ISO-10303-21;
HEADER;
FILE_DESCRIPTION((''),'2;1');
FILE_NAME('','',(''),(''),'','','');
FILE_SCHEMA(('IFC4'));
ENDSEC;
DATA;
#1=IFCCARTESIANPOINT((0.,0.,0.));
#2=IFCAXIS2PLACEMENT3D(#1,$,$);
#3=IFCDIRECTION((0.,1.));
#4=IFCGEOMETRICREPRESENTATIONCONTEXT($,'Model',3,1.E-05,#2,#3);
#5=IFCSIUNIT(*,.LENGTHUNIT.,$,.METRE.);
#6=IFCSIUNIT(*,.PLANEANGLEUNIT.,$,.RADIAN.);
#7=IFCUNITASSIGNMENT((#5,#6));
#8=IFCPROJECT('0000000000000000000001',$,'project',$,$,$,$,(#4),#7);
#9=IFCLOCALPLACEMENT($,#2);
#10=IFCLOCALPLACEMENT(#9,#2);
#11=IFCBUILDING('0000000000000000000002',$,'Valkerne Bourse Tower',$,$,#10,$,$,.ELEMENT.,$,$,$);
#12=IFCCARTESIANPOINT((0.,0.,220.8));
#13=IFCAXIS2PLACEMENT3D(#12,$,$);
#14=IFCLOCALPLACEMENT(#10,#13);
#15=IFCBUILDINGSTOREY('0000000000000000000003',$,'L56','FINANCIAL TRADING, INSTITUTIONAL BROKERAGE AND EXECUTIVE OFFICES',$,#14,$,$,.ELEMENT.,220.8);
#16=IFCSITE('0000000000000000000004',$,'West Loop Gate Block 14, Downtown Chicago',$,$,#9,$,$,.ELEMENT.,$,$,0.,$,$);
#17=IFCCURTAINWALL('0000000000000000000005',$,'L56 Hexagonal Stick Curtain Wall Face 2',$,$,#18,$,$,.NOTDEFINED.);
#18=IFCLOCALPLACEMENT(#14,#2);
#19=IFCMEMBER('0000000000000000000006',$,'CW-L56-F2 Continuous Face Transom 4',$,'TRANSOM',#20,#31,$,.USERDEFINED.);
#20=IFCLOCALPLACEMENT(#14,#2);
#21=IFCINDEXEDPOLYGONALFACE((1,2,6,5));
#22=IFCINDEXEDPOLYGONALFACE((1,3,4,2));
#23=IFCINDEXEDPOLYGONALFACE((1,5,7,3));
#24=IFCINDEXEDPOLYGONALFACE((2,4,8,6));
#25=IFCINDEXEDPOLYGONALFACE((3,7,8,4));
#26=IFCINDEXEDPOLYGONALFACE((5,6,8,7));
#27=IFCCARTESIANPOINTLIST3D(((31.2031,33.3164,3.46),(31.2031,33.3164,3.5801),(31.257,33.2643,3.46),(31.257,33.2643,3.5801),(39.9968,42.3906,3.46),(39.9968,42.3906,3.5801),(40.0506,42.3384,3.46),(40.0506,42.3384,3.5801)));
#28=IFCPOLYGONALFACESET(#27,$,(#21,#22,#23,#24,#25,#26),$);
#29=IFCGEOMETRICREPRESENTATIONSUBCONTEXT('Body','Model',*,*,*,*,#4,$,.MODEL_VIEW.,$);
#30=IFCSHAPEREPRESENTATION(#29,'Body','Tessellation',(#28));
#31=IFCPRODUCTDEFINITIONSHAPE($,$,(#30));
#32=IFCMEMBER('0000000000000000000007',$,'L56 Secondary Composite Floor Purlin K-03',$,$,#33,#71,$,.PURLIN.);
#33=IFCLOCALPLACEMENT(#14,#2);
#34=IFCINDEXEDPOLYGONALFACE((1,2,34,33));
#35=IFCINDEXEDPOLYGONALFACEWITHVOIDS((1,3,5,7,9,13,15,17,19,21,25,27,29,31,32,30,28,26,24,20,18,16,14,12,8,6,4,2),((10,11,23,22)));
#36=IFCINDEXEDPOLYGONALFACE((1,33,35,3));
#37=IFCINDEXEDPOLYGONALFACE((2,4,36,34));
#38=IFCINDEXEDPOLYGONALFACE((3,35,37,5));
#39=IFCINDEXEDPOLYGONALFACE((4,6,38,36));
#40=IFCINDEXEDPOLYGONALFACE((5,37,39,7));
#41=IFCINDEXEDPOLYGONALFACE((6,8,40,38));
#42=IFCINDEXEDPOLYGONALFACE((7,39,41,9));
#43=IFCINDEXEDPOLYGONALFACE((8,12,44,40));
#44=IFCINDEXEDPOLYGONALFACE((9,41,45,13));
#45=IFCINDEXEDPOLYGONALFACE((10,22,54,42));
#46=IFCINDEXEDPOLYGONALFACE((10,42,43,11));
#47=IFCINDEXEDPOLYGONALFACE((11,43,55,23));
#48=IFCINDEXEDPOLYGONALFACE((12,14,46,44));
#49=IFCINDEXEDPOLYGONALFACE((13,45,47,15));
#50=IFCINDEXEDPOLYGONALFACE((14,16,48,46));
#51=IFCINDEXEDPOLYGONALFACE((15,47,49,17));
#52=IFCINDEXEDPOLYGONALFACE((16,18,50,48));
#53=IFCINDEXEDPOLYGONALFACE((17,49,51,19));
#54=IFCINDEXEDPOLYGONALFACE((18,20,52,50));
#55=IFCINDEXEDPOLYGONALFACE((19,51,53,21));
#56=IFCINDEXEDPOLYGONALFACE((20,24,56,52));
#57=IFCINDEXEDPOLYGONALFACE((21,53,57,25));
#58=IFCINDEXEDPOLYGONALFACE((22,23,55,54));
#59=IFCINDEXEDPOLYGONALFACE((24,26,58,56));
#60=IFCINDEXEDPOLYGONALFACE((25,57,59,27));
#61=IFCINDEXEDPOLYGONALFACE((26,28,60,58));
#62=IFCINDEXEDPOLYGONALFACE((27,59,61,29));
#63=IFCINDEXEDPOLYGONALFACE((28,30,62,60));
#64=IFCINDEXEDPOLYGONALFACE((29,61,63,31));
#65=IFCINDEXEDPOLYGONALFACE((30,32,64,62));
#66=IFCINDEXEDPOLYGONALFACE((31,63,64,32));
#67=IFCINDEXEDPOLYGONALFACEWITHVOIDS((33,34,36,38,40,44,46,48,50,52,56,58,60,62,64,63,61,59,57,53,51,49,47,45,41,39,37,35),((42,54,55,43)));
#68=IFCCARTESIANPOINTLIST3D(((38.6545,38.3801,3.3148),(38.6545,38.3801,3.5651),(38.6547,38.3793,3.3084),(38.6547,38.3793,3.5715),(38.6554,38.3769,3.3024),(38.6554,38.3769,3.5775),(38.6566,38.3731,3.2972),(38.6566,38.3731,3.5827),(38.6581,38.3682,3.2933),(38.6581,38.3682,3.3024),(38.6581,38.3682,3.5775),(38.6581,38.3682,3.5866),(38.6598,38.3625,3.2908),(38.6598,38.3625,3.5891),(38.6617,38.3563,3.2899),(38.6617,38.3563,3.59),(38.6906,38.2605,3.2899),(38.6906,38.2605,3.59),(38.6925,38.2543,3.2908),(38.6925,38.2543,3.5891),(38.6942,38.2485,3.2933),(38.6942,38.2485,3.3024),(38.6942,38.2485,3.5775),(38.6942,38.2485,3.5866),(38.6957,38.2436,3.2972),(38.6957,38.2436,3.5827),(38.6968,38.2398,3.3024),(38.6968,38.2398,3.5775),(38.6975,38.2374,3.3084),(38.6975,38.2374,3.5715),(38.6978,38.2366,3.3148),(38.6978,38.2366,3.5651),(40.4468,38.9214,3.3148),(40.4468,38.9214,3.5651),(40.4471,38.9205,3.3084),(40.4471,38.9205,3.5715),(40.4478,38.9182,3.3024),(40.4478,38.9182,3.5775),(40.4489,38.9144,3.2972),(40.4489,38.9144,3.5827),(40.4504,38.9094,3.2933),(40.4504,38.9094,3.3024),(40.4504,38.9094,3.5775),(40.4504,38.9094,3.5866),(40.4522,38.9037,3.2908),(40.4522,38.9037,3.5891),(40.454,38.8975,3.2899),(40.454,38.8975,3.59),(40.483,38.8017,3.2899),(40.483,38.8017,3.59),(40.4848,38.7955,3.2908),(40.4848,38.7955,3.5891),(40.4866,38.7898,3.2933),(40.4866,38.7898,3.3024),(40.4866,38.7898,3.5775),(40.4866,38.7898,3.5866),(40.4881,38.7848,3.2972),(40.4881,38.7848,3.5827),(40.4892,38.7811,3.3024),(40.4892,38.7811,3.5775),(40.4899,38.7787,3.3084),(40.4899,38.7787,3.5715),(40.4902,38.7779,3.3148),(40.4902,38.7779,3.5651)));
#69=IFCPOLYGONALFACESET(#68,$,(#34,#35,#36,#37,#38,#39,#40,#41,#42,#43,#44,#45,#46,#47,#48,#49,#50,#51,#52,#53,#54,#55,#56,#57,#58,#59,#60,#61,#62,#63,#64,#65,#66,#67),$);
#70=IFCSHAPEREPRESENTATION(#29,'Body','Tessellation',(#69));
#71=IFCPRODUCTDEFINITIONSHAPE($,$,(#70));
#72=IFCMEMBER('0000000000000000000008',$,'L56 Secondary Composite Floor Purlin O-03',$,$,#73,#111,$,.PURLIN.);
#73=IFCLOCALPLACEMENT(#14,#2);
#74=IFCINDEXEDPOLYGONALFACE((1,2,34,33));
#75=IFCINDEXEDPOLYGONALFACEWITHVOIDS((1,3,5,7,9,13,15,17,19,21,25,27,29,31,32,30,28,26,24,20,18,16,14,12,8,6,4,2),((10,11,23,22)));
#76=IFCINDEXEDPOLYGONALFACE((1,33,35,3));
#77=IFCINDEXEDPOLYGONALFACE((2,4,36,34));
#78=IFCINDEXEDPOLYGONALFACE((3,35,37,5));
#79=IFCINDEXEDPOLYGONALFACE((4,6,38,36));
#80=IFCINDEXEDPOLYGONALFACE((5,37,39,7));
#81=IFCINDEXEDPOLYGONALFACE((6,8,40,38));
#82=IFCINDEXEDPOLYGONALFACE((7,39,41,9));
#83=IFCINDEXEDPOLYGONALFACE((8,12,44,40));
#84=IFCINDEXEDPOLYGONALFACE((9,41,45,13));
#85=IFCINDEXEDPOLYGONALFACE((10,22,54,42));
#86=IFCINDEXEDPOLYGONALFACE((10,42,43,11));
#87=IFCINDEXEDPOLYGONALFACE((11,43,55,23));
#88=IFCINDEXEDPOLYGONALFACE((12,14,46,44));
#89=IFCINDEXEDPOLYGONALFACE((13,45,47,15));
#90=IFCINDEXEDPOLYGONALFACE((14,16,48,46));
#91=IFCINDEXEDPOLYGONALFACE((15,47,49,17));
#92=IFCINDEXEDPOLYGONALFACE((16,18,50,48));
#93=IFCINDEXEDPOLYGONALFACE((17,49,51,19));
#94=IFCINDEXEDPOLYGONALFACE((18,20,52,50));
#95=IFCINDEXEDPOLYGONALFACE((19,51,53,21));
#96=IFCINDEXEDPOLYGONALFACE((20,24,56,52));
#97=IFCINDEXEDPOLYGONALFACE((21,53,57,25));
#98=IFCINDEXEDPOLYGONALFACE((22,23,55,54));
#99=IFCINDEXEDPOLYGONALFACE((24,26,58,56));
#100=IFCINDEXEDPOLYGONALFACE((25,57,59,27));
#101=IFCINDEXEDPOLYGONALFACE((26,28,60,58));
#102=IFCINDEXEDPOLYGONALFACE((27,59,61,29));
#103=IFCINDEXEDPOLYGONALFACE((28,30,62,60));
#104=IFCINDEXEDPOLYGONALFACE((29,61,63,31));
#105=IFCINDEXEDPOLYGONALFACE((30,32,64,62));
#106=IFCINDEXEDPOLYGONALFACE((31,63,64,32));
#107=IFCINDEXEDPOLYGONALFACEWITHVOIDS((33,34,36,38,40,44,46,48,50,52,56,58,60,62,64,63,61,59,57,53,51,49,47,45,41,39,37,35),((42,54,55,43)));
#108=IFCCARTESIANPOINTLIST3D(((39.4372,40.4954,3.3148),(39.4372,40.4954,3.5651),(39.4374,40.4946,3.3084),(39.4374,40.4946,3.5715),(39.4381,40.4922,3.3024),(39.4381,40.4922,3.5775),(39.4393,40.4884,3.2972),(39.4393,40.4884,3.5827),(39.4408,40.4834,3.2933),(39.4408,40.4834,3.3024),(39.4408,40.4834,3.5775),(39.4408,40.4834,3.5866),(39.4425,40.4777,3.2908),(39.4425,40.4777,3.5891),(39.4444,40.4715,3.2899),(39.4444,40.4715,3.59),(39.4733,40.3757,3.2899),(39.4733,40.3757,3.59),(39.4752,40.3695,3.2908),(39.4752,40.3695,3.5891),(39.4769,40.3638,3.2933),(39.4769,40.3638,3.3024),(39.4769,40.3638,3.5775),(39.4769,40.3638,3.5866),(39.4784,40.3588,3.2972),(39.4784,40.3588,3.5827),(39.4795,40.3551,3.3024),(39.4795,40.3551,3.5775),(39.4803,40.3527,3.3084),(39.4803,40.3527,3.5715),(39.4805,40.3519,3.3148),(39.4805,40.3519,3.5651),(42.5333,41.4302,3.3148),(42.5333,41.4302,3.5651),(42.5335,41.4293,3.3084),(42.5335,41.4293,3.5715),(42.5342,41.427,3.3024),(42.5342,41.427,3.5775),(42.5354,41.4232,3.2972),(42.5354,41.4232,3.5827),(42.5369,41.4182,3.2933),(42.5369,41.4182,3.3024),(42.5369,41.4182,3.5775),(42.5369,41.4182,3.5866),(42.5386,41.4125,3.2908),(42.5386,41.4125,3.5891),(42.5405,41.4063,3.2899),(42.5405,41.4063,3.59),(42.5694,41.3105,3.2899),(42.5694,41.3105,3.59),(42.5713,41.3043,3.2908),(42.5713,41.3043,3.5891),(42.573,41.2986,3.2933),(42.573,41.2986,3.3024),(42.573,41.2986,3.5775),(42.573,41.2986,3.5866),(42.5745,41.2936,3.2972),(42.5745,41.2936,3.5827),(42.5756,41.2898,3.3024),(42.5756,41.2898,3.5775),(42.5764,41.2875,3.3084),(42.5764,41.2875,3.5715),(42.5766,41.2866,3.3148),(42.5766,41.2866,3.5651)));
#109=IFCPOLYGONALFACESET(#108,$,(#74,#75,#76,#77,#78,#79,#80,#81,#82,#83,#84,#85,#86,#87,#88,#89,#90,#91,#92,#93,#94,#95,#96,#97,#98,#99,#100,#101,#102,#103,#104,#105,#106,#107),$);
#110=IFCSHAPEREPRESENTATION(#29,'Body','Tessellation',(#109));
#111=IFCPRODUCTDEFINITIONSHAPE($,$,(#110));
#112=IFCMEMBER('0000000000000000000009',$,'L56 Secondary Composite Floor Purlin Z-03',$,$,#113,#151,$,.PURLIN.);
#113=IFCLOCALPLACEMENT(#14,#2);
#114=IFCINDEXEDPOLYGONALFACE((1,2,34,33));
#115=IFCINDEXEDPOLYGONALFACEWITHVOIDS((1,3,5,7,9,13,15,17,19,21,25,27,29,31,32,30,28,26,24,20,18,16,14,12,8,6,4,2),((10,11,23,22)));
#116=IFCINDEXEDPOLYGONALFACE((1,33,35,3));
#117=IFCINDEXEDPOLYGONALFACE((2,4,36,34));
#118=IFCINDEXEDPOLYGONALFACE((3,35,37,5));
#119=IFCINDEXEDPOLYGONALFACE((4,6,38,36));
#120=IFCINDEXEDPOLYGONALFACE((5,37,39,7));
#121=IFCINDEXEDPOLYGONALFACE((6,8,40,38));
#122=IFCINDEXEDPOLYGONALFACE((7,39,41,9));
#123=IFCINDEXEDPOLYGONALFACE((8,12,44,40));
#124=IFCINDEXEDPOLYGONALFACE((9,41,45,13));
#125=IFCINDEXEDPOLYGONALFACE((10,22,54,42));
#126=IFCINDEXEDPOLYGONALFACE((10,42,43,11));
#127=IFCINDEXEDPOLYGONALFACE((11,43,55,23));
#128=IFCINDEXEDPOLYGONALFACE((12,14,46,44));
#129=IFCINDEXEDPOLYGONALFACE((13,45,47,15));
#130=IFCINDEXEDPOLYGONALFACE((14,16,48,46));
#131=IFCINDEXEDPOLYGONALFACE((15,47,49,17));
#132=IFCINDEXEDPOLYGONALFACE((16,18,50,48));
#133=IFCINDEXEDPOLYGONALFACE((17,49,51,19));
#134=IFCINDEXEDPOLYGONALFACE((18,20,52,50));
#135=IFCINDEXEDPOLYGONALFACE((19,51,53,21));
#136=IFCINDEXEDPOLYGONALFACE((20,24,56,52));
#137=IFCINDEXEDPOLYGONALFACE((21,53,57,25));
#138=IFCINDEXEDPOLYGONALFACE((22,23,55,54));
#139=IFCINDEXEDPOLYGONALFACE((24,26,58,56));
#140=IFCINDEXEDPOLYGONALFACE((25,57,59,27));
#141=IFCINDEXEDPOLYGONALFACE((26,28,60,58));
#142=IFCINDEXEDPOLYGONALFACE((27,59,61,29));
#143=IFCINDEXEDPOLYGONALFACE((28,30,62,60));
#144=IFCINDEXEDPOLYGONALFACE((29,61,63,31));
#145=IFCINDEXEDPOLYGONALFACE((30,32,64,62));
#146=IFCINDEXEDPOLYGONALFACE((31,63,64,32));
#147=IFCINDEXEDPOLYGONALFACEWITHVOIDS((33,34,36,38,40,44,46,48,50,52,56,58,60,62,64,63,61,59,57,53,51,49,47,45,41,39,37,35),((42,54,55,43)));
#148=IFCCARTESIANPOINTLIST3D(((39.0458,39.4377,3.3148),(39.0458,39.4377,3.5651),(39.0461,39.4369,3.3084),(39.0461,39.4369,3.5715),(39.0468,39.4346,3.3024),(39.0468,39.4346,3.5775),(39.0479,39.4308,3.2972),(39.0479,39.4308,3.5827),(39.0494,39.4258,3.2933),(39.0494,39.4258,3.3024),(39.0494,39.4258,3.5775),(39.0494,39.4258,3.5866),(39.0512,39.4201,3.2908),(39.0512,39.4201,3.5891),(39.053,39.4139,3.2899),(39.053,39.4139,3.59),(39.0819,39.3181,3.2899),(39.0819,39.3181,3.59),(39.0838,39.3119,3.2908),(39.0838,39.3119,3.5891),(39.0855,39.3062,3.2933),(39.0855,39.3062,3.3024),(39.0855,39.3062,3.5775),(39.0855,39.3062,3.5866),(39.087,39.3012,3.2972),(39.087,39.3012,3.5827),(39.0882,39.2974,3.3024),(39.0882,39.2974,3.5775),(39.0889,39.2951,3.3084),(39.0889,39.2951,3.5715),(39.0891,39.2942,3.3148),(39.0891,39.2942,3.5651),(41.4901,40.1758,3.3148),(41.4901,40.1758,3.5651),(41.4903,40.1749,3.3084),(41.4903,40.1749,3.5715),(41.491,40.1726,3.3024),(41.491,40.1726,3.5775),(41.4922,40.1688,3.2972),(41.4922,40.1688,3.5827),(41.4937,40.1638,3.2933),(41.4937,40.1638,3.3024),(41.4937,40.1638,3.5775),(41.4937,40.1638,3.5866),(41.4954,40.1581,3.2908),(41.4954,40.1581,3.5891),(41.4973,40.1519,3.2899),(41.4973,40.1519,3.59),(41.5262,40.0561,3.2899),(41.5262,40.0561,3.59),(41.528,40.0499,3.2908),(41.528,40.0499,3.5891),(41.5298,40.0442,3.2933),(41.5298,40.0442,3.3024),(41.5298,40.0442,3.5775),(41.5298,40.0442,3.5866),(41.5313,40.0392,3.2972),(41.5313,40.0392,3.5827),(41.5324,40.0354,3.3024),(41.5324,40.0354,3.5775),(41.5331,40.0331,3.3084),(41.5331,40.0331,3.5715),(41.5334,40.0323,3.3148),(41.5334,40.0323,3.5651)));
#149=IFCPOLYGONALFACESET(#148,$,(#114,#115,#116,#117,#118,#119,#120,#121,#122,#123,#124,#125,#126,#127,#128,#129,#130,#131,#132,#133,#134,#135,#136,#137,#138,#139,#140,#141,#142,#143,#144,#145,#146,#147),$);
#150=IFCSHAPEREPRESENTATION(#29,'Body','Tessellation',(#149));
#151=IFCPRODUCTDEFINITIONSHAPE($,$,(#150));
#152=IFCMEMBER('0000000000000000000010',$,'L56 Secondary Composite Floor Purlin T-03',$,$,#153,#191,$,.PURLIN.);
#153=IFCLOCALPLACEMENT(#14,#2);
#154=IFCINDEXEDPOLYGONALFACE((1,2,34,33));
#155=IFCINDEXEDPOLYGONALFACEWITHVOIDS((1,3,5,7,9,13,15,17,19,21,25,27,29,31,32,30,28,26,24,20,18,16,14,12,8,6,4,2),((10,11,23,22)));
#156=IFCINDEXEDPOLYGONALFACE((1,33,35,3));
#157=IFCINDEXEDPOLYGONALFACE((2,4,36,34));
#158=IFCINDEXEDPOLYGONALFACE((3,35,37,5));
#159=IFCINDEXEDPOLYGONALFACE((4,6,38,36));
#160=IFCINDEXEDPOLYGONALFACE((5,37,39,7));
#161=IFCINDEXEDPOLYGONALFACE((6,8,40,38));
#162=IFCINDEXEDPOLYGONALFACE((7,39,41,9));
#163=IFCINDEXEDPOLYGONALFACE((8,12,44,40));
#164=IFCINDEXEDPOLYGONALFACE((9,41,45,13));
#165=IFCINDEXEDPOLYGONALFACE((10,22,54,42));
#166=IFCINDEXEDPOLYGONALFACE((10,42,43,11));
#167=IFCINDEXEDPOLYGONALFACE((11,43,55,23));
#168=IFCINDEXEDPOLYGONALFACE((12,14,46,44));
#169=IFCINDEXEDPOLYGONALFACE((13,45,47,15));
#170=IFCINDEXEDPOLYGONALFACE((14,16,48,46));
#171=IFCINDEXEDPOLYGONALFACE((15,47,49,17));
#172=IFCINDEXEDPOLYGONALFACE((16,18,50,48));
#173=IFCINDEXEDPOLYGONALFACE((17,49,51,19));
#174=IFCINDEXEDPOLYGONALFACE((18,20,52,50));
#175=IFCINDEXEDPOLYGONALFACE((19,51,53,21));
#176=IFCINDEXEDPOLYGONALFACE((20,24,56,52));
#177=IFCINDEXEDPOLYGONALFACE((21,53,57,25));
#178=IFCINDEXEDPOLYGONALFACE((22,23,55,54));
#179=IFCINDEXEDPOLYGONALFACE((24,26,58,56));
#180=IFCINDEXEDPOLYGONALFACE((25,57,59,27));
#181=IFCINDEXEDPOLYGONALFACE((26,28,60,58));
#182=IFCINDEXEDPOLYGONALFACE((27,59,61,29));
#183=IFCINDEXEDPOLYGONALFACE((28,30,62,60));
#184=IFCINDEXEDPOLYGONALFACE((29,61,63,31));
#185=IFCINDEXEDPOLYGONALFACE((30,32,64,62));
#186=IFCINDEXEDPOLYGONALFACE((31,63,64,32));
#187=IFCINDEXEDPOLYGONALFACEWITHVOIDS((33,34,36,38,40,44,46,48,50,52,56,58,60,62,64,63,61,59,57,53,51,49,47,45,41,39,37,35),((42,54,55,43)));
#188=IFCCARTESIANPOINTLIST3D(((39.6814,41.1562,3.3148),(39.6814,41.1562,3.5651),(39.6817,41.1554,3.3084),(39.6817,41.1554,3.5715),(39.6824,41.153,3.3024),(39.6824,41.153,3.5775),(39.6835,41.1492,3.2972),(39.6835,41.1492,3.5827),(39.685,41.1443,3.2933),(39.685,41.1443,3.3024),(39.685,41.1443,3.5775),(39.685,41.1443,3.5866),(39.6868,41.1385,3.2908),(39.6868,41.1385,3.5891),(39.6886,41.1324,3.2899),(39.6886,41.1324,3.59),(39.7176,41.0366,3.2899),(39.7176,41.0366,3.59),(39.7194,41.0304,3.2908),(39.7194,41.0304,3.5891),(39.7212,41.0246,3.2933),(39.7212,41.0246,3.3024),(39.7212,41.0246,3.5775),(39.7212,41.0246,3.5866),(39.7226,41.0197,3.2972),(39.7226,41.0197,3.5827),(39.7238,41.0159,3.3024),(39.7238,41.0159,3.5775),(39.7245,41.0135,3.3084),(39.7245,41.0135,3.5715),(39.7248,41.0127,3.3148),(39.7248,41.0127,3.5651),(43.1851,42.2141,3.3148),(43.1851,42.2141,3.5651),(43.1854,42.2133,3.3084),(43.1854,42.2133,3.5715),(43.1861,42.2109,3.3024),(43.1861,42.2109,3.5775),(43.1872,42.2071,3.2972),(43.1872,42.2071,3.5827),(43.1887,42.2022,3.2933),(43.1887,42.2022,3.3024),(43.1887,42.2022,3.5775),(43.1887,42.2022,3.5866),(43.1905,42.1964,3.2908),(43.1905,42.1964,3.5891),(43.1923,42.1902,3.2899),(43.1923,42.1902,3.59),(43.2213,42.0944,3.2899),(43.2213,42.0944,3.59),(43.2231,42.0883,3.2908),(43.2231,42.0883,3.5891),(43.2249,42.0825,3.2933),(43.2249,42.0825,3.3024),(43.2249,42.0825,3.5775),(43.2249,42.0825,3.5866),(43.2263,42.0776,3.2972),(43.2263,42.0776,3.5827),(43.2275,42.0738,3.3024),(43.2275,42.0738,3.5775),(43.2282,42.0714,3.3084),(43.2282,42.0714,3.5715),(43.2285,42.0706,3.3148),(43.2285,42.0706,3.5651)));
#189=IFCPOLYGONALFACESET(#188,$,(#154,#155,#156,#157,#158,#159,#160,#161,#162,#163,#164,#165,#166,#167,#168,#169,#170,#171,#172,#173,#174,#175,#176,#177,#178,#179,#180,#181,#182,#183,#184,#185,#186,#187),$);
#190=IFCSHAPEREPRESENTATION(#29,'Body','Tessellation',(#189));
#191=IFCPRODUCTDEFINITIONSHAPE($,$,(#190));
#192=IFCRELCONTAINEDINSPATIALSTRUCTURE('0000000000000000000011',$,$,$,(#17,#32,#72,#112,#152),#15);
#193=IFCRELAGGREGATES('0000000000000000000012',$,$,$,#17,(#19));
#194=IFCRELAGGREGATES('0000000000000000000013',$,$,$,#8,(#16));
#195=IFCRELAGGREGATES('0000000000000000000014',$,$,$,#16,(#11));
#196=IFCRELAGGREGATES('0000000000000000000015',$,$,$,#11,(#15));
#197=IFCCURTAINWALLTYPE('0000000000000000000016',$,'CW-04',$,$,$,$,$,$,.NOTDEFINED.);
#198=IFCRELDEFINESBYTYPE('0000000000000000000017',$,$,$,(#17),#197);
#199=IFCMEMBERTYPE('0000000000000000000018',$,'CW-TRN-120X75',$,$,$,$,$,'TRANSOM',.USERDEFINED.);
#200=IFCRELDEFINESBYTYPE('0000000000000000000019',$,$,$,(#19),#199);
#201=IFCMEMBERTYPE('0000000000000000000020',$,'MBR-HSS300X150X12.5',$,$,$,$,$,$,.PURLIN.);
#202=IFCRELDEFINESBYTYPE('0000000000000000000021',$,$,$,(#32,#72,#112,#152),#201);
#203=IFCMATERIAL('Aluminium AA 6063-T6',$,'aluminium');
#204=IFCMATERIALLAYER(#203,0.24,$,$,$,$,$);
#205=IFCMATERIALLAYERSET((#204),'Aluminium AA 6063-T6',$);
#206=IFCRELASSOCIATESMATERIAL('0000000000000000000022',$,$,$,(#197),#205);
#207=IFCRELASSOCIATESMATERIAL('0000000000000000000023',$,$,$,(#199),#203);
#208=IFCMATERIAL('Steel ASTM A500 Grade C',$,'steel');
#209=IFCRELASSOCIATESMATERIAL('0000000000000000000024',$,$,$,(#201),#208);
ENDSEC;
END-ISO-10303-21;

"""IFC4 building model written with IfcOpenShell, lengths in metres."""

from ifc_helpers import new_model, si_unit, direction, frame, origin, origin_2d, place, context, subcontext, project, spatial, rectangle, hollow_rectangle, extrude, material, layer, layer_set, material_profile, profile_set, type_object, element, aggregate, save


model = new_model("IFC4")

# Units and contexts
model_context = context("Model", 3, precision=1e-05, world=origin(), true_north=direction((0.0, 1.0)))
body_context = subcontext(model_context, "Body", "Model", "MODEL_VIEW")
ifc_project = project(units=[si_unit("LENGTHUNIT", "METRE"), si_unit("PLANEANGLEUNIT", "RADIAN")], contexts=[model_context])

# Site, building, storey
site_placement = place(None, origin())
site = spatial("IfcSite", under=ifc_project, at=site_placement, Name="West Loop Gate Block 14, Downtown Chicago", CompositionType="ELEMENT", RefElevation=0.0)
building_placement = place(site_placement, origin())
building = spatial("IfcBuilding", under=site, at=building_placement, Name="Valkerne Bourse Tower", CompositionType="ELEMENT")
storey_placement = place(building_placement, frame((0.0, 0.0, 220.8)))
storey = spatial("IfcBuildingStorey", under=building, at=storey_placement, Name="L56", Description="FINANCIAL TRADING, INSTITUTIONAL BROKERAGE AND EXECUTIVE OFFICES", CompositionType="ELEMENT", Elevation=220.8)

# Curtain wall, member
ifc_material_1 = material(Name="Aluminium AA 6063-T6", Category="aluminium")
ifc_layer_1 = layer(ifc_material_1, 0.24)
ifc_layer_set_1 = layer_set([ifc_layer_1], Name="Aluminium AA 6063-T6")
curtain_wall_type = type_object("IfcCurtainWallType", Name="CW-04", PredefinedType="NOTDEFINED", material=ifc_layer_set_1)
curtain_wall_1_placement = place(storey_placement, origin())
curtain_wall_1 = element("IfcCurtainWall", 1, at=curtain_wall_1_placement, inside=storey, type_object=curtain_wall_type, Name="L56 Hexagonal Stick Curtain Wall Face 2", PredefinedType="NOTDEFINED")
ifc_material_profile_1 = material_profile(ifc_material_1, rectangle(XDim=0.075, YDim=0.1201, at=origin_2d()), Name="CWT-75X120")
ifc_profile_set_1 = profile_set([ifc_material_profile_1], Name="Aluminium AA 6063-T6")
member_type_1 = type_object("IfcMemberType", Name="CW-TRN-120X75", ElementType="TRANSOM", PredefinedType="USERDEFINED", material=ifc_profile_set_1)
member_1_placement = place(storey_placement, frame((40.0237, 42.3645, 3.52), z_axis=(-0.69592, -0.71812, 0.0), x_axis=(0.71812, -0.69592, 0.0)))
member_1 = element("IfcMember", 2, at=member_1_placement, type_object=member_type_1, Name="CW-L56-F2 Continuous Face Transom 4", ObjectType="TRANSOM", PredefinedType="USERDEFINED", context=body_context, shape_type="SweptSolid", body=[
    extrude(rectangle(XDim=0.075, YDim=0.1201, at=origin_2d()), origin(), (0.0, 0.0, 1.0), 12.636),
])
aggregate(curtain_wall_1, [member_1])

# Members
ifc_material_2 = material(Name="Steel ASTM A500 Grade C", Category="steel")
ifc_material_profile_2 = material_profile(ifc_material_2, hollow_rectangle(XDim=0.1499, YDim=0.3, WallThickness=0.0125, OuterFilletRadius=0.0249, at=origin_2d()), Name="HSS300X150X12.5")
ifc_profile_set_2 = profile_set([ifc_material_profile_2], Name="Steel ASTM A500 Grade C")
member_type_2 = type_object("IfcMemberType", Name="MBR-HSS300X150X12.5", PredefinedType="PURLIN", material=ifc_profile_set_2)
member_2_placement = place(storey_placement, frame((40.4685, 38.8496, 3.4399), z_axis=(-0.957308, -0.28907, 0.0), x_axis=(0.28907, -0.957308, 0.0)))
element("IfcMember", 3, at=member_2_placement, inside=storey, type_object=member_type_2, Name="L56 Secondary Composite Floor Purlin K-03", PredefinedType="PURLIN", context=body_context, shape_type="SweptSolid", body=[
    extrude(hollow_rectangle(XDim=0.1499, YDim=0.3, WallThickness=0.0125, OuterFilletRadius=0.0249, at=origin_2d()), origin(), (0.0, 0.0, 1.0), 1.8723),
])
member_3_placement = place(storey_placement, frame((42.5549, 41.3584, 3.4399), z_axis=(-0.957318, -0.289037, 0.0), x_axis=(0.289037, -0.957318, 0.0)))
element("IfcMember", 4, at=member_3_placement, inside=storey, type_object=member_type_2, Name="L56 Secondary Composite Floor Purlin O-03", PredefinedType="PURLIN", context=body_context, shape_type="SweptSolid", body=[
    extrude(hollow_rectangle(XDim=0.1499, YDim=0.3, WallThickness=0.0125, OuterFilletRadius=0.0249, at=origin_2d()), origin(), (0.0, 0.0, 1.0), 3.2341),
])
member_4_placement = place(storey_placement, frame((41.5117, 40.104, 3.4399), z_axis=(-0.957314, -0.289049, 0.0), x_axis=(0.289049, -0.957314, 0.0)))
element("IfcMember", 5, at=member_4_placement, inside=storey, type_object=member_type_2, Name="L56 Secondary Composite Floor Purlin Z-03", PredefinedType="PURLIN", context=body_context, shape_type="SweptSolid", body=[
    extrude(hollow_rectangle(XDim=0.1499, YDim=0.3, WallThickness=0.0125, OuterFilletRadius=0.0249, at=origin_2d()), origin(), (0.0, 0.0, 1.0), 2.5532),
])
member_5_placement = place(storey_placement, frame((43.2068, 42.1423, 3.4399), z_axis=(-0.957316, -0.289043, 0.0), x_axis=(0.289043, -0.957316, 0.0)))
element("IfcMember", 6, at=member_5_placement, inside=storey, type_object=member_type_2, Name="L56 Secondary Composite Floor Purlin T-03", PredefinedType="PURLIN", context=body_context, shape_type="SweptSolid", body=[
    extrude(hollow_rectangle(XDim=0.1499, YDim=0.3, WallThickness=0.0125, OuterFilletRadius=0.0249, at=origin_2d()), origin(), (0.0, 0.0, 1.0), 3.6599),
])

save(model, "model.ifc")
